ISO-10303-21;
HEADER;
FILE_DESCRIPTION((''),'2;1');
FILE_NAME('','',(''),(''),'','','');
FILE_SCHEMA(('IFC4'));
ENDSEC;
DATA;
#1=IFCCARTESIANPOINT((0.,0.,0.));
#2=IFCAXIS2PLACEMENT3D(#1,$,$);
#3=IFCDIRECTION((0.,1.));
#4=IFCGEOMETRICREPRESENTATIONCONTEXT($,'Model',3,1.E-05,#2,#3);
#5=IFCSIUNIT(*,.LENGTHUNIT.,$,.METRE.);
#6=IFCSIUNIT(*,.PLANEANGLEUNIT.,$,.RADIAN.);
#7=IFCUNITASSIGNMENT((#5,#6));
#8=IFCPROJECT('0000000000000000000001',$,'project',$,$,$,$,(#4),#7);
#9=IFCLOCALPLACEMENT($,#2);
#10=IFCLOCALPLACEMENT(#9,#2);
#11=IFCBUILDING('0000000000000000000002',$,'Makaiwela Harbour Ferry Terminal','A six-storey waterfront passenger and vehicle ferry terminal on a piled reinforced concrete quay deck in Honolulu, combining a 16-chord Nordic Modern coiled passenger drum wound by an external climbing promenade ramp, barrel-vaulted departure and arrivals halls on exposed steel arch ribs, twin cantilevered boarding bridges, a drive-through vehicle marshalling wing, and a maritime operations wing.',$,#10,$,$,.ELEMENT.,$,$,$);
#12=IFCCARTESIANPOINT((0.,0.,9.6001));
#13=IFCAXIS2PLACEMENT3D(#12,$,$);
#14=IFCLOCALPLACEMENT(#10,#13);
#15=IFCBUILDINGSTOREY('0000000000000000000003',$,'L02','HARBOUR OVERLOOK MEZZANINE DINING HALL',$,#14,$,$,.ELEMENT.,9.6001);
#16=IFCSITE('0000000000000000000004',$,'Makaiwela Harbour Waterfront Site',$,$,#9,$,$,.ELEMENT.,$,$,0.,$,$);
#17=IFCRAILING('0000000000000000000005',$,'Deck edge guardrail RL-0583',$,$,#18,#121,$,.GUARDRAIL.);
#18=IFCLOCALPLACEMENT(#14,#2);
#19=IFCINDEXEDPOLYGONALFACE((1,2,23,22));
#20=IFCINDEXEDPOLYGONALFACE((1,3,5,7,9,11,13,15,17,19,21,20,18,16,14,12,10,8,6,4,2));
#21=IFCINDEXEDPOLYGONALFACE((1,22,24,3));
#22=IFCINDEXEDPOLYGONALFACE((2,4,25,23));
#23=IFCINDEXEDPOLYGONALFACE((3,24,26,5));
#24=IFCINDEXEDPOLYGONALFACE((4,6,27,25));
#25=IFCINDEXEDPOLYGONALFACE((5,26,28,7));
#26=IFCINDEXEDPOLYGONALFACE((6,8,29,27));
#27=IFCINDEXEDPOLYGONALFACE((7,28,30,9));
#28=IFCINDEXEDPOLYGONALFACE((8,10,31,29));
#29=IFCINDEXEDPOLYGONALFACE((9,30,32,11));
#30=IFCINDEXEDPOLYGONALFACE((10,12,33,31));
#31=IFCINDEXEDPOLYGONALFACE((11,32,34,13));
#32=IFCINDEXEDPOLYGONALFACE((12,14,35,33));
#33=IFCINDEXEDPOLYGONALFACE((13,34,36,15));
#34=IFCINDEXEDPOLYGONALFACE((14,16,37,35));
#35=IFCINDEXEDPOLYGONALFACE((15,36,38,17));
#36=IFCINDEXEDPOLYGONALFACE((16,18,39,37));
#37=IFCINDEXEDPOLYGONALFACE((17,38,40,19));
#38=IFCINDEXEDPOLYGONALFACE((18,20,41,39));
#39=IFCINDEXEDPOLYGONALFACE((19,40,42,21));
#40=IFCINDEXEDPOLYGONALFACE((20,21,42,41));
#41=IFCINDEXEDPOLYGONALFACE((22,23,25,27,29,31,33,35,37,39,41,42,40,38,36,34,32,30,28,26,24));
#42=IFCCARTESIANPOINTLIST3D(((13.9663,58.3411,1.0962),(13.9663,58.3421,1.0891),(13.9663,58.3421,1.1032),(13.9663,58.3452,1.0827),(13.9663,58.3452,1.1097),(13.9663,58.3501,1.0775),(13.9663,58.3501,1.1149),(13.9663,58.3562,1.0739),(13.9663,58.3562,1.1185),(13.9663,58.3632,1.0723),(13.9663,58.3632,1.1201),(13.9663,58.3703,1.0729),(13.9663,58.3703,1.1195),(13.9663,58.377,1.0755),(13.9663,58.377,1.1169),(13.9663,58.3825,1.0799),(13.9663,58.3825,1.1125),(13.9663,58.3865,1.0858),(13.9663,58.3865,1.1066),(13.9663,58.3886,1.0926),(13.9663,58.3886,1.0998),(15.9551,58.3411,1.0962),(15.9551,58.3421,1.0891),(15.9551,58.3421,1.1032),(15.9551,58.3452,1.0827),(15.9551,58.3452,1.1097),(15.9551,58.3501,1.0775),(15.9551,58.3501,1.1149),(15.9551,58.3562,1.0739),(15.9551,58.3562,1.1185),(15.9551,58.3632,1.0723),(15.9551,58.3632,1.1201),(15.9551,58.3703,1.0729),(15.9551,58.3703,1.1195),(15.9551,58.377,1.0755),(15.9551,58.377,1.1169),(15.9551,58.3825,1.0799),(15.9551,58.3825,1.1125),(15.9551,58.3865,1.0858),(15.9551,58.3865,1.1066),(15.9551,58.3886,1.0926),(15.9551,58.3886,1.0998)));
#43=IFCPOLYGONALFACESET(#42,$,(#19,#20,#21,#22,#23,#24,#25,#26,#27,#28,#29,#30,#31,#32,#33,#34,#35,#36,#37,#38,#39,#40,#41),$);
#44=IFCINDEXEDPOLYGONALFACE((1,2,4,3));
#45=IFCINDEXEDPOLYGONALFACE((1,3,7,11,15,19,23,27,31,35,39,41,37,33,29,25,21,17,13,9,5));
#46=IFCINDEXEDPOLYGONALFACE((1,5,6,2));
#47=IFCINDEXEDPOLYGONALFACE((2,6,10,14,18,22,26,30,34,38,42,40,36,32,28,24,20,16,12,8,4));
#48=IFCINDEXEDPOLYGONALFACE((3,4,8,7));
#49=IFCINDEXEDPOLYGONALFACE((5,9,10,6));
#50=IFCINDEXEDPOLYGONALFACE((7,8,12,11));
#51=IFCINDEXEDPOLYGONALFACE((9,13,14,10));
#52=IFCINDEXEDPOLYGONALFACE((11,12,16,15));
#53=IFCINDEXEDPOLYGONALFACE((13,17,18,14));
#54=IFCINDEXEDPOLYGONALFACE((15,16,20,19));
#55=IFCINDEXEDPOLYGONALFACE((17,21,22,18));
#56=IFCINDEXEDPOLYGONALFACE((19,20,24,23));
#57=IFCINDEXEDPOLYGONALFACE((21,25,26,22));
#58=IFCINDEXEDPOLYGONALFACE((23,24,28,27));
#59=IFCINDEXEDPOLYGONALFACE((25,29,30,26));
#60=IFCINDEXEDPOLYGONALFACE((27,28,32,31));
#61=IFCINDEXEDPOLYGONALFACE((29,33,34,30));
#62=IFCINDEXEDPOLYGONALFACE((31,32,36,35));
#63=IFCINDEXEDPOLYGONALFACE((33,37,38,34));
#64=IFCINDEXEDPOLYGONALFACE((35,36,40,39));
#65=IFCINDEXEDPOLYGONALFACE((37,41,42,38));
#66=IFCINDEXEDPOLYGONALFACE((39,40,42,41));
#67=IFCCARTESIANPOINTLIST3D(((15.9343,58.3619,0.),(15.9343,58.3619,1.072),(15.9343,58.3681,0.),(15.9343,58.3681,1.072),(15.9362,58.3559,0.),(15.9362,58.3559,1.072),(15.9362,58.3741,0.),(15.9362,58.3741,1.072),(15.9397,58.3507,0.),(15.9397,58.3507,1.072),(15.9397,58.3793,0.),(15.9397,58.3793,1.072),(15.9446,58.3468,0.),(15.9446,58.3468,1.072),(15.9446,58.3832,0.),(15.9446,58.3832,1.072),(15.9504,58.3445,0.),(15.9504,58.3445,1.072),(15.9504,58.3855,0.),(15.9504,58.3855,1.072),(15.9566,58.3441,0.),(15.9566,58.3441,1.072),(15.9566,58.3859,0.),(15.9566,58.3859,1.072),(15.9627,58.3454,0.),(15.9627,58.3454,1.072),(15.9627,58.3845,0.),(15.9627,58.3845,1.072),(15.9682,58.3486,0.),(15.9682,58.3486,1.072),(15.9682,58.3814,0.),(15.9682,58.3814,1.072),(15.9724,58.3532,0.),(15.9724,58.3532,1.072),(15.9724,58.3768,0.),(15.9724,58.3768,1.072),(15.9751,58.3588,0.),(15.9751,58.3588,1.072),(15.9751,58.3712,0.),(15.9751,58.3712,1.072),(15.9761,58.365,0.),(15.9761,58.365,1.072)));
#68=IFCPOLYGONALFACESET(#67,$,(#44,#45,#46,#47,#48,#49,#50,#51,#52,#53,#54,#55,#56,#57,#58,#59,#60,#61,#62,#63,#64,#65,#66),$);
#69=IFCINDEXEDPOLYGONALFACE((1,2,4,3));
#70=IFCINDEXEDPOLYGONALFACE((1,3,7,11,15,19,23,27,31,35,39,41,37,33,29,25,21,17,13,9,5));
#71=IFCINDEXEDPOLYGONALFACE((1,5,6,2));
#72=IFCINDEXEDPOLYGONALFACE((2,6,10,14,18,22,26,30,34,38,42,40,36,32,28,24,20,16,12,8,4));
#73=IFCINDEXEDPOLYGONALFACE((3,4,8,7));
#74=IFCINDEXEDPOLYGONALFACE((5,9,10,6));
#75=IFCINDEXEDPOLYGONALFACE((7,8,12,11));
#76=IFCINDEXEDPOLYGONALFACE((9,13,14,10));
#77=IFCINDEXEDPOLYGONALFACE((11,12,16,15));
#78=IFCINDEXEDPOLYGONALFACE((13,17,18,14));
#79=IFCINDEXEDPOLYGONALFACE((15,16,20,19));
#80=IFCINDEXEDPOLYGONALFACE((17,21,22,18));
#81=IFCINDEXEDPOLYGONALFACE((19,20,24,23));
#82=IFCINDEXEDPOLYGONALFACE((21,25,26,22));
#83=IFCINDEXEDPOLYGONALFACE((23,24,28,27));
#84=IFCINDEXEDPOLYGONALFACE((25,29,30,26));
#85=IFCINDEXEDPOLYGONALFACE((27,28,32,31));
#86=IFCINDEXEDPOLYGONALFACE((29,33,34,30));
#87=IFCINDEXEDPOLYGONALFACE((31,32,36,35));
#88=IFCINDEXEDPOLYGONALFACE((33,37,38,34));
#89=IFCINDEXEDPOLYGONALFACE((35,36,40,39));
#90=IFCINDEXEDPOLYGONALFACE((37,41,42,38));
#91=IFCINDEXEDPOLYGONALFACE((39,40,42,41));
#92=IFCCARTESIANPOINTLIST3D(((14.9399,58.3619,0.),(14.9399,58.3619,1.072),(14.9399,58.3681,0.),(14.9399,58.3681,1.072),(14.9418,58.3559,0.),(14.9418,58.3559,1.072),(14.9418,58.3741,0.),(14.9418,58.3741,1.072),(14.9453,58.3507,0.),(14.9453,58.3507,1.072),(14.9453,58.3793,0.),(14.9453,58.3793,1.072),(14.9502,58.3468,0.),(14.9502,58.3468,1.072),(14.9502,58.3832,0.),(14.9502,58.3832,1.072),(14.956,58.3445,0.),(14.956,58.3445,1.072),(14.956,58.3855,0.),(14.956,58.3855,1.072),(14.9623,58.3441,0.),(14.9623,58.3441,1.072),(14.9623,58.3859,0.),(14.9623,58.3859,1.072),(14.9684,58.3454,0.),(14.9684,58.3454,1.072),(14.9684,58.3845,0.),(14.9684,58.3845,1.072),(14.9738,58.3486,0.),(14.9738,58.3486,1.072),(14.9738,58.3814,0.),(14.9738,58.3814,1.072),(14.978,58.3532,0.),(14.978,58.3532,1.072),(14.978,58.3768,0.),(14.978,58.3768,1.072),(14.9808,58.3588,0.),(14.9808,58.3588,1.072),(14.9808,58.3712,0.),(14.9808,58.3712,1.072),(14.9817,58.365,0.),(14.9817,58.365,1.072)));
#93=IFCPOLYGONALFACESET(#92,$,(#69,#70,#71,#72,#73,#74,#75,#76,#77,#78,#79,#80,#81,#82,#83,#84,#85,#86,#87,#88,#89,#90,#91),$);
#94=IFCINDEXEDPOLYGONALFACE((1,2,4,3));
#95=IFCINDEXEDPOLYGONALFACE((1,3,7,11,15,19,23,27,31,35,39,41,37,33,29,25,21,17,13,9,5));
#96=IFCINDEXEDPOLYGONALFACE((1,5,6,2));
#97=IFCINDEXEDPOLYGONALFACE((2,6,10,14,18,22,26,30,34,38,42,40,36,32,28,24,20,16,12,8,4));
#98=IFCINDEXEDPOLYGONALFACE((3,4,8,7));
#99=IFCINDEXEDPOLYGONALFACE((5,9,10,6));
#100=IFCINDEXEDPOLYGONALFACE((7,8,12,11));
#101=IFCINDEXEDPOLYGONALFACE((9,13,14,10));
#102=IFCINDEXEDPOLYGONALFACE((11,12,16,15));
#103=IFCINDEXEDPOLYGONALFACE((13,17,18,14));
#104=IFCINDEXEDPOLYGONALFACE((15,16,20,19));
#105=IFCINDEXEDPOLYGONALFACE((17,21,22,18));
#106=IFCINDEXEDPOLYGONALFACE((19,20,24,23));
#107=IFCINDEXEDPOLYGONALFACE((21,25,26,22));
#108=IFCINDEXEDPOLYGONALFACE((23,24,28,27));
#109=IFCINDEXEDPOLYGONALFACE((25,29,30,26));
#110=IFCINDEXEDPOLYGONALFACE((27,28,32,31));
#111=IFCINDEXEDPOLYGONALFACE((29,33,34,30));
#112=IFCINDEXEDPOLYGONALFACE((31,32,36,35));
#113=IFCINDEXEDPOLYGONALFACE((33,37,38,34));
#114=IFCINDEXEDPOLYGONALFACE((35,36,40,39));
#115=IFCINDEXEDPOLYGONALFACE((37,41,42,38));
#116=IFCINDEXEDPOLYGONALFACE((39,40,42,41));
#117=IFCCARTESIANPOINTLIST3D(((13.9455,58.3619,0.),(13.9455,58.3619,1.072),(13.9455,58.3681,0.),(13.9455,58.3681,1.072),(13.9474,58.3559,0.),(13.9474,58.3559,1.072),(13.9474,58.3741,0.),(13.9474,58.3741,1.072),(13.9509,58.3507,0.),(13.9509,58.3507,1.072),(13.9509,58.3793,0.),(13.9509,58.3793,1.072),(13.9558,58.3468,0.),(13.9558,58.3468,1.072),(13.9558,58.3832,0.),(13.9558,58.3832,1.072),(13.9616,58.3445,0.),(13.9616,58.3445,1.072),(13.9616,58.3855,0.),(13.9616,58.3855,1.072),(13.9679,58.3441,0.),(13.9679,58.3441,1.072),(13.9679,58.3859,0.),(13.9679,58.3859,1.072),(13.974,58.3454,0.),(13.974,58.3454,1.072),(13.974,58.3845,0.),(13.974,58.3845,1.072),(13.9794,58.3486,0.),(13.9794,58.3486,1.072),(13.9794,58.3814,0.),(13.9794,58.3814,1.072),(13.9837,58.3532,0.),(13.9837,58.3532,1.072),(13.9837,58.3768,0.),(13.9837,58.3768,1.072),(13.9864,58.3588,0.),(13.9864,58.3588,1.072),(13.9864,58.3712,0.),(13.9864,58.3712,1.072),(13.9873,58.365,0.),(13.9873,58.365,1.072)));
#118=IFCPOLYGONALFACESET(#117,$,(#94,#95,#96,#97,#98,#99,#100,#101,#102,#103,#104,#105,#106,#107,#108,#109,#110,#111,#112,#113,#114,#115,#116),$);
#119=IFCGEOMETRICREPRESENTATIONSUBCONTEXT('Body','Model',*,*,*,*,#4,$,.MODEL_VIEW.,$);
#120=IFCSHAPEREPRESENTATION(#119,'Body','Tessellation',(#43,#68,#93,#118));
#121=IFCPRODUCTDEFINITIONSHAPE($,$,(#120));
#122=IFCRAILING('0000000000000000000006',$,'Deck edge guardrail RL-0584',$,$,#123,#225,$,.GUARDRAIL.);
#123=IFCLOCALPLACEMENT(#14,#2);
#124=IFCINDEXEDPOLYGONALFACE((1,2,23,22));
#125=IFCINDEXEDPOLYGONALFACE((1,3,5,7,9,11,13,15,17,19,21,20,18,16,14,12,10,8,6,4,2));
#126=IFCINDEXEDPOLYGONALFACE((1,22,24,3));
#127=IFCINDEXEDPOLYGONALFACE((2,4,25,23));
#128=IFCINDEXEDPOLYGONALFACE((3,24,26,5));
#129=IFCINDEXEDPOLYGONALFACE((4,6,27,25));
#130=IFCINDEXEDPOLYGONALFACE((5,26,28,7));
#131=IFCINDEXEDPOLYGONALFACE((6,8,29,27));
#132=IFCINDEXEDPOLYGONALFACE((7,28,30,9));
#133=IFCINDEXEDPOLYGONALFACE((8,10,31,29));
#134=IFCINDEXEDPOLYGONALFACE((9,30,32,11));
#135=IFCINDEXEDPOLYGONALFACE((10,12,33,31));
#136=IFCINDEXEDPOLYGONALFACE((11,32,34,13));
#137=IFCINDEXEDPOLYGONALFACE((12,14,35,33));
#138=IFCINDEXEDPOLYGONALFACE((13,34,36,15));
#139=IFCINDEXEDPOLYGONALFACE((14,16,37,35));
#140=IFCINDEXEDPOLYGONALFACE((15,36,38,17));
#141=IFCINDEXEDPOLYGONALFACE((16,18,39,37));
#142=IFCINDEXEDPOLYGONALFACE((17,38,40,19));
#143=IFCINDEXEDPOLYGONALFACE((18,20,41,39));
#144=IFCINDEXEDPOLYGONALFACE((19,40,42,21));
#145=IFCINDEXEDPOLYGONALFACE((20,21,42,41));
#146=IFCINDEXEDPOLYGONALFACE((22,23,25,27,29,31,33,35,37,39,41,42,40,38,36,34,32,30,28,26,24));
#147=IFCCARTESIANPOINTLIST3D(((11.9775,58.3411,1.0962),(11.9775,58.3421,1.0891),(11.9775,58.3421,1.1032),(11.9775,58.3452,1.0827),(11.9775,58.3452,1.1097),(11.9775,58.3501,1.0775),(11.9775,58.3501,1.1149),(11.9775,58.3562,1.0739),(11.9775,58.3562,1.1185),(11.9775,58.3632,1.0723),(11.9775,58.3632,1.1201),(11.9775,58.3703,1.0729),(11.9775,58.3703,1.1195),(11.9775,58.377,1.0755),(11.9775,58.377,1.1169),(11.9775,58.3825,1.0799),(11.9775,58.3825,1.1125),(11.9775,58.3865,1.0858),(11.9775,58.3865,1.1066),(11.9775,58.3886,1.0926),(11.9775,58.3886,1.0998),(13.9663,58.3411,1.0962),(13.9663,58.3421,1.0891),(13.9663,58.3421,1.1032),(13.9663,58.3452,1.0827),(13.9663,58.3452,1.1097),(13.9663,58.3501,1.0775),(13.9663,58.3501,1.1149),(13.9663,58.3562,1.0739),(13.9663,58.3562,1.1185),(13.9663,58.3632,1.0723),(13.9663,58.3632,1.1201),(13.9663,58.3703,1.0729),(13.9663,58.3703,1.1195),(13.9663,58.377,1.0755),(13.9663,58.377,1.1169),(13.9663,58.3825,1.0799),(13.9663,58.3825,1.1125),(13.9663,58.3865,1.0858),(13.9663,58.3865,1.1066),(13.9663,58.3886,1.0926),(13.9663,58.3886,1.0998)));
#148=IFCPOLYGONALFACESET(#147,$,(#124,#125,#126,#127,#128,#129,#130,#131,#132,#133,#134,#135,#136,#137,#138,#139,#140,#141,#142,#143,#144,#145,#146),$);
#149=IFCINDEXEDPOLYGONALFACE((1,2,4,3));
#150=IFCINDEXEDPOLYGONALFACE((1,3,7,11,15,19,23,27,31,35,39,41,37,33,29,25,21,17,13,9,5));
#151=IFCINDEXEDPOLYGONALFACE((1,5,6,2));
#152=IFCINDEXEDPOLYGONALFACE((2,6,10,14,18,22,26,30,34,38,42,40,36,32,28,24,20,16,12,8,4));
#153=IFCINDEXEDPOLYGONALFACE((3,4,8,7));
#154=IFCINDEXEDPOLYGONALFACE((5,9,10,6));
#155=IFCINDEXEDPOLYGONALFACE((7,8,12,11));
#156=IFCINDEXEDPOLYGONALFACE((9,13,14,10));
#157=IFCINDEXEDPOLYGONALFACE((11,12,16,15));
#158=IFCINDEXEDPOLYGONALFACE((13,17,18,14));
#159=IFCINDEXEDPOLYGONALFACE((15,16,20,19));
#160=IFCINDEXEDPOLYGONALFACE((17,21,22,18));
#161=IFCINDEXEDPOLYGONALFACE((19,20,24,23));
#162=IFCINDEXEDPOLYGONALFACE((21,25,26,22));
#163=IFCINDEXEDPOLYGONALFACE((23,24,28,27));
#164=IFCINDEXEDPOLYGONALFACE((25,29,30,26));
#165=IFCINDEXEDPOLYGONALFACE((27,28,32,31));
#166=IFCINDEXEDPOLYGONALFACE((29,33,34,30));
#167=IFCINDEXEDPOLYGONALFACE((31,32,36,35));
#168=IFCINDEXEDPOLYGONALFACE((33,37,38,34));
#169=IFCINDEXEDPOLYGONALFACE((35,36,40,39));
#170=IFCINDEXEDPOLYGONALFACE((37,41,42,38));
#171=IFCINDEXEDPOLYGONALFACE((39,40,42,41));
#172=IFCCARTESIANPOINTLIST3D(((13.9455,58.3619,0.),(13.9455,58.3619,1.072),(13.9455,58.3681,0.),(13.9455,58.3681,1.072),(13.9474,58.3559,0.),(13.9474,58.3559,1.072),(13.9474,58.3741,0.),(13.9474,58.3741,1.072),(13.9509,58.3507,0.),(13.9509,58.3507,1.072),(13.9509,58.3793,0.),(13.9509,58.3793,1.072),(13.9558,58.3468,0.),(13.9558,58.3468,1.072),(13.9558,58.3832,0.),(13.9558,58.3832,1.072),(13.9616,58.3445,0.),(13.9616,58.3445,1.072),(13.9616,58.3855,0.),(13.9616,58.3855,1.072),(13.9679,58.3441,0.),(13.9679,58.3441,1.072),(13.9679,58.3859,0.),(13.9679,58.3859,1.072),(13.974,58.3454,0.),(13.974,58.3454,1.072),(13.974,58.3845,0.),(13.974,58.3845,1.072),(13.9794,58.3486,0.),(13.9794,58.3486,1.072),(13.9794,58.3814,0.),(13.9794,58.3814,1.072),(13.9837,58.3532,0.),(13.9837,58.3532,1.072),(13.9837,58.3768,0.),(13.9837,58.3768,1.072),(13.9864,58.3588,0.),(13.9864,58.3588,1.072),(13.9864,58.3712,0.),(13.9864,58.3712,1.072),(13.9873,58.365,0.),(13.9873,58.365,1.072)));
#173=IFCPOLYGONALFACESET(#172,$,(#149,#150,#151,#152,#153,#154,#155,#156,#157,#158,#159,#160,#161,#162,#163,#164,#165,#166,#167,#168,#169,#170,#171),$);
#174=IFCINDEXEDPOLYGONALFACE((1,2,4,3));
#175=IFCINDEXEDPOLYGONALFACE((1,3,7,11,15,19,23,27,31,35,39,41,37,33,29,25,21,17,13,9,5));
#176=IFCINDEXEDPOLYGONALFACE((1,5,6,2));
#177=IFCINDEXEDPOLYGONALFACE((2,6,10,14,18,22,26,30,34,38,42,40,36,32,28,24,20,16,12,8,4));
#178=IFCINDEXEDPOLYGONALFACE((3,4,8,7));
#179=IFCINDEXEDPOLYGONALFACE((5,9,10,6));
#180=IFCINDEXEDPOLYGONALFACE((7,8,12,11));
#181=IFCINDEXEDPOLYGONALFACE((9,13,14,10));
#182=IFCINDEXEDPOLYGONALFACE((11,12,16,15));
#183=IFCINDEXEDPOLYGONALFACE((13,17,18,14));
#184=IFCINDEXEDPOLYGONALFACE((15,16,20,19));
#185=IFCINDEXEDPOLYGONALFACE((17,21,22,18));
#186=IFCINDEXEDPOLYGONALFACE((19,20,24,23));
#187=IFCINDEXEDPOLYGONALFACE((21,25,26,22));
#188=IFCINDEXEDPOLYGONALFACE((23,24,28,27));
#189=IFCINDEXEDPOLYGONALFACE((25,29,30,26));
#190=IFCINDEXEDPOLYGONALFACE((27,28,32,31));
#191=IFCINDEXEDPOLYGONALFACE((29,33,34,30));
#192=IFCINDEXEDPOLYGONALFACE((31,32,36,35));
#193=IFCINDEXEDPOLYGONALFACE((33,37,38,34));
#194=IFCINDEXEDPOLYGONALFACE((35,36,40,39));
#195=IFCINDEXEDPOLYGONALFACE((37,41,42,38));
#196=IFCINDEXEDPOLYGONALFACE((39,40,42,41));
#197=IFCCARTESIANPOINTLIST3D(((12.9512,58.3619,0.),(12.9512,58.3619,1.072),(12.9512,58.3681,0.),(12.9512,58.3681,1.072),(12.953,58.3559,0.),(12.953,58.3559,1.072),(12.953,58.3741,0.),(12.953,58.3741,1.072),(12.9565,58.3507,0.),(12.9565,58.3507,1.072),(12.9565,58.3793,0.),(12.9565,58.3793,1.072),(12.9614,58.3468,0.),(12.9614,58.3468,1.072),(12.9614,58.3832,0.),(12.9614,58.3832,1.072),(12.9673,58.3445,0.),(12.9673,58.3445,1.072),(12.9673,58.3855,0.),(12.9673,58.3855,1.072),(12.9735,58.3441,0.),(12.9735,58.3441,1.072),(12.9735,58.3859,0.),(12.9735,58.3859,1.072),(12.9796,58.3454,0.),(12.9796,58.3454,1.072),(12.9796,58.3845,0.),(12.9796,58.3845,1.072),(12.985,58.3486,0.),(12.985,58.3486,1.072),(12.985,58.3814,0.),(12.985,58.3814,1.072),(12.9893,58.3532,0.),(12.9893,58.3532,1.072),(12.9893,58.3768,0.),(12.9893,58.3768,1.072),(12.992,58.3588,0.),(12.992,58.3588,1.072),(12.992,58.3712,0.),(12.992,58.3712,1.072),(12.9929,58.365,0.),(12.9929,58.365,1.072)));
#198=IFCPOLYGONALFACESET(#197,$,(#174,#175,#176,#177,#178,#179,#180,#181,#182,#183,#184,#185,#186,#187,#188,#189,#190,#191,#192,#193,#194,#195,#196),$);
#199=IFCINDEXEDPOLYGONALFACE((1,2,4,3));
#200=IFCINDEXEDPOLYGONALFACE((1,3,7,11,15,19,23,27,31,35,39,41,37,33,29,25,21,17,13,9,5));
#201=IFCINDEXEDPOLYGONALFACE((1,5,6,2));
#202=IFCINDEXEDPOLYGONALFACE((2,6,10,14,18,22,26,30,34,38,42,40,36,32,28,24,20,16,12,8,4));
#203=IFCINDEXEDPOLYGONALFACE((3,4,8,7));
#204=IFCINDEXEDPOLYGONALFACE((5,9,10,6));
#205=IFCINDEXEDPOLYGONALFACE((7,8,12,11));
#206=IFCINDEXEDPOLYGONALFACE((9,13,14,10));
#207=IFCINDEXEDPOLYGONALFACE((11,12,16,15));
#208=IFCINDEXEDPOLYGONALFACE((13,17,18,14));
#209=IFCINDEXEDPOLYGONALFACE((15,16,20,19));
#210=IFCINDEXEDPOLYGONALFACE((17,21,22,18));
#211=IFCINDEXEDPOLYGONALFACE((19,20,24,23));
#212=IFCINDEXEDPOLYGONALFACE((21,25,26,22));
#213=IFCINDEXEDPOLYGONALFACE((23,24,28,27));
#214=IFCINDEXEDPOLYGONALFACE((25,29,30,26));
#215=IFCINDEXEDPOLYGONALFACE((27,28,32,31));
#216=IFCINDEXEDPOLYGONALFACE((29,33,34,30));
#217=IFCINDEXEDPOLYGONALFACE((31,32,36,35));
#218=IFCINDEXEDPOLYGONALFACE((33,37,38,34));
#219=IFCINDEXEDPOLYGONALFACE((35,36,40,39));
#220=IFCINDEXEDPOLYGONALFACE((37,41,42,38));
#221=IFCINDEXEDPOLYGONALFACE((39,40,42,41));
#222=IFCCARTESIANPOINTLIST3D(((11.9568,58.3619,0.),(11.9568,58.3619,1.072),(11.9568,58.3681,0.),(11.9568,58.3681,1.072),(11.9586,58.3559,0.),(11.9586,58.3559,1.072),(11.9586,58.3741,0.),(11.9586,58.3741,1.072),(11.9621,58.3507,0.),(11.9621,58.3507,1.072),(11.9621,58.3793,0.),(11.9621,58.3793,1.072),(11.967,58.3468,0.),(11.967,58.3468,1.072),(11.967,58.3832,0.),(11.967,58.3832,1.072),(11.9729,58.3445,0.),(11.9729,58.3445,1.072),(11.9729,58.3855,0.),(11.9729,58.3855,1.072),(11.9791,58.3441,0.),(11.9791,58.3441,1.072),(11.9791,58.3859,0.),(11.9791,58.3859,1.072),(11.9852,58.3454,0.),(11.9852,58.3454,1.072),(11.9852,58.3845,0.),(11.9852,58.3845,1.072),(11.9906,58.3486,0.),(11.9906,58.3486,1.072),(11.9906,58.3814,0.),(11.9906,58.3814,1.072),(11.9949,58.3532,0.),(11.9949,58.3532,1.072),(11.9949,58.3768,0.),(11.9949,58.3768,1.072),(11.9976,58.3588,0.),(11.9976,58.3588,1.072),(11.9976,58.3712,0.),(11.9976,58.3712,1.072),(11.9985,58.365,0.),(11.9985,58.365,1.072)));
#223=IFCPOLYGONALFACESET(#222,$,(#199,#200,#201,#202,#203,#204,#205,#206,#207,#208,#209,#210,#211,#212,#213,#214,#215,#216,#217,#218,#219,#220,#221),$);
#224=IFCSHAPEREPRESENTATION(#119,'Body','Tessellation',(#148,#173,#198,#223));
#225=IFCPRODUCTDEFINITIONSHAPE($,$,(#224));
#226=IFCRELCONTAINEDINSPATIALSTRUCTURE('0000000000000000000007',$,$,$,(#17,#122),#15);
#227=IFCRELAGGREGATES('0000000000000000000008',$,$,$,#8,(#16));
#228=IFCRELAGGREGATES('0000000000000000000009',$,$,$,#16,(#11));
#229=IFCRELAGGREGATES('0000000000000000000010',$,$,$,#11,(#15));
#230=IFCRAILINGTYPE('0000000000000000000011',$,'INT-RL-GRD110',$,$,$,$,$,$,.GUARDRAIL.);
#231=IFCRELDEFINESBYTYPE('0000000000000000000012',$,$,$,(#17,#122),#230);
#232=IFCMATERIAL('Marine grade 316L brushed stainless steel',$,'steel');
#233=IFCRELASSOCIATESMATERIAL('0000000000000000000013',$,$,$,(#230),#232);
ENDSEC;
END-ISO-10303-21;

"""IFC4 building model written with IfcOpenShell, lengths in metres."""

from ifc_helpers import new_model, si_unit, direction, frame, origin, origin_2d, place, context, subcontext, project, spatial, circle, extrude, material, type_object, element, save


model = new_model("IFC4")

# Units and contexts
model_context = context("Model", 3, precision=1e-05, world=origin(), true_north=direction((0.0, 1.0)))
body_context = subcontext(model_context, "Body", "Model", "MODEL_VIEW")
ifc_project = project(units=[si_unit("LENGTHUNIT", "METRE"), si_unit("PLANEANGLEUNIT", "RADIAN")], contexts=[model_context])

# Site, building, storey
site_placement = place(None, origin())
site = spatial("IfcSite", under=ifc_project, at=site_placement, Name="Makaiwela Harbour Waterfront Site", CompositionType="ELEMENT", RefElevation=0.0)
building_placement = place(site_placement, origin())
building = spatial("IfcBuilding", under=site, at=building_placement, Name="Makaiwela Harbour Ferry Terminal", Description="A six-storey waterfront passenger and vehicle ferry terminal on a piled reinforced concrete quay deck in Honolulu, combining a 16-chord Nordic Modern coiled passenger drum wound by an external climbing promenade ramp, barrel-vaulted departure and arrivals halls on exposed steel arch ribs, twin cantilevered boarding bridges, a drive-through vehicle marshalling wing, and a maritime operations wing.", CompositionType="ELEMENT")
storey_placement = place(building_placement, frame((0.0, 0.0, 9.6001)))
storey = spatial("IfcBuildingStorey", under=building, at=storey_placement, Name="L02", Description="HARBOUR OVERLOOK MEZZANINE DINING HALL", CompositionType="ELEMENT", Elevation=9.6001)

# Railings
ifc_material_1 = material(Name="Marine grade 316L brushed stainless steel", Category="steel")
railing_type = type_object("IfcRailingType", Name="INT-RL-GRD110", PredefinedType="GUARDRAIL", material=ifc_material_1)
for number, where, name in (
    (1, (15.9551, 58.365, 0.0), "Deck edge guardrail RL-0583"),
    (2, (13.9663, 58.365, 0.0), "Deck edge guardrail RL-0584"),
):
    element("IfcRailing", number, at=place(storey_placement, frame(where)), inside=storey, type_object=railing_type, Name=name, PredefinedType="GUARDRAIL", context=body_context, shape_type="SweptSolid", body=[
        extrude(circle(Radius=0.0239, at=origin_2d()), frame((0.0, 0.0, 1.0962), z_axis=(-1.0, 0.0, 0.0), x_axis=(0.0, -1.0, 0.0)), (0.0, 0.0, 1.0), 1.9888),
        extrude(circle(Radius=0.021, at=origin_2d()), origin(), (0.0, 0.0, 1.0), 1.072),
        extrude(circle(Radius=0.021, at=origin_2d()), frame((-0.9944, 0.0, 0.0)), (0.0, 0.0, 1.0), 1.072),
        extrude(circle(Radius=0.021, at=origin_2d()), frame((-1.9888, 0.0, 0.0)), (0.0, 0.0, 1.0), 1.072),
    ])

save(model, "model.ifc")
